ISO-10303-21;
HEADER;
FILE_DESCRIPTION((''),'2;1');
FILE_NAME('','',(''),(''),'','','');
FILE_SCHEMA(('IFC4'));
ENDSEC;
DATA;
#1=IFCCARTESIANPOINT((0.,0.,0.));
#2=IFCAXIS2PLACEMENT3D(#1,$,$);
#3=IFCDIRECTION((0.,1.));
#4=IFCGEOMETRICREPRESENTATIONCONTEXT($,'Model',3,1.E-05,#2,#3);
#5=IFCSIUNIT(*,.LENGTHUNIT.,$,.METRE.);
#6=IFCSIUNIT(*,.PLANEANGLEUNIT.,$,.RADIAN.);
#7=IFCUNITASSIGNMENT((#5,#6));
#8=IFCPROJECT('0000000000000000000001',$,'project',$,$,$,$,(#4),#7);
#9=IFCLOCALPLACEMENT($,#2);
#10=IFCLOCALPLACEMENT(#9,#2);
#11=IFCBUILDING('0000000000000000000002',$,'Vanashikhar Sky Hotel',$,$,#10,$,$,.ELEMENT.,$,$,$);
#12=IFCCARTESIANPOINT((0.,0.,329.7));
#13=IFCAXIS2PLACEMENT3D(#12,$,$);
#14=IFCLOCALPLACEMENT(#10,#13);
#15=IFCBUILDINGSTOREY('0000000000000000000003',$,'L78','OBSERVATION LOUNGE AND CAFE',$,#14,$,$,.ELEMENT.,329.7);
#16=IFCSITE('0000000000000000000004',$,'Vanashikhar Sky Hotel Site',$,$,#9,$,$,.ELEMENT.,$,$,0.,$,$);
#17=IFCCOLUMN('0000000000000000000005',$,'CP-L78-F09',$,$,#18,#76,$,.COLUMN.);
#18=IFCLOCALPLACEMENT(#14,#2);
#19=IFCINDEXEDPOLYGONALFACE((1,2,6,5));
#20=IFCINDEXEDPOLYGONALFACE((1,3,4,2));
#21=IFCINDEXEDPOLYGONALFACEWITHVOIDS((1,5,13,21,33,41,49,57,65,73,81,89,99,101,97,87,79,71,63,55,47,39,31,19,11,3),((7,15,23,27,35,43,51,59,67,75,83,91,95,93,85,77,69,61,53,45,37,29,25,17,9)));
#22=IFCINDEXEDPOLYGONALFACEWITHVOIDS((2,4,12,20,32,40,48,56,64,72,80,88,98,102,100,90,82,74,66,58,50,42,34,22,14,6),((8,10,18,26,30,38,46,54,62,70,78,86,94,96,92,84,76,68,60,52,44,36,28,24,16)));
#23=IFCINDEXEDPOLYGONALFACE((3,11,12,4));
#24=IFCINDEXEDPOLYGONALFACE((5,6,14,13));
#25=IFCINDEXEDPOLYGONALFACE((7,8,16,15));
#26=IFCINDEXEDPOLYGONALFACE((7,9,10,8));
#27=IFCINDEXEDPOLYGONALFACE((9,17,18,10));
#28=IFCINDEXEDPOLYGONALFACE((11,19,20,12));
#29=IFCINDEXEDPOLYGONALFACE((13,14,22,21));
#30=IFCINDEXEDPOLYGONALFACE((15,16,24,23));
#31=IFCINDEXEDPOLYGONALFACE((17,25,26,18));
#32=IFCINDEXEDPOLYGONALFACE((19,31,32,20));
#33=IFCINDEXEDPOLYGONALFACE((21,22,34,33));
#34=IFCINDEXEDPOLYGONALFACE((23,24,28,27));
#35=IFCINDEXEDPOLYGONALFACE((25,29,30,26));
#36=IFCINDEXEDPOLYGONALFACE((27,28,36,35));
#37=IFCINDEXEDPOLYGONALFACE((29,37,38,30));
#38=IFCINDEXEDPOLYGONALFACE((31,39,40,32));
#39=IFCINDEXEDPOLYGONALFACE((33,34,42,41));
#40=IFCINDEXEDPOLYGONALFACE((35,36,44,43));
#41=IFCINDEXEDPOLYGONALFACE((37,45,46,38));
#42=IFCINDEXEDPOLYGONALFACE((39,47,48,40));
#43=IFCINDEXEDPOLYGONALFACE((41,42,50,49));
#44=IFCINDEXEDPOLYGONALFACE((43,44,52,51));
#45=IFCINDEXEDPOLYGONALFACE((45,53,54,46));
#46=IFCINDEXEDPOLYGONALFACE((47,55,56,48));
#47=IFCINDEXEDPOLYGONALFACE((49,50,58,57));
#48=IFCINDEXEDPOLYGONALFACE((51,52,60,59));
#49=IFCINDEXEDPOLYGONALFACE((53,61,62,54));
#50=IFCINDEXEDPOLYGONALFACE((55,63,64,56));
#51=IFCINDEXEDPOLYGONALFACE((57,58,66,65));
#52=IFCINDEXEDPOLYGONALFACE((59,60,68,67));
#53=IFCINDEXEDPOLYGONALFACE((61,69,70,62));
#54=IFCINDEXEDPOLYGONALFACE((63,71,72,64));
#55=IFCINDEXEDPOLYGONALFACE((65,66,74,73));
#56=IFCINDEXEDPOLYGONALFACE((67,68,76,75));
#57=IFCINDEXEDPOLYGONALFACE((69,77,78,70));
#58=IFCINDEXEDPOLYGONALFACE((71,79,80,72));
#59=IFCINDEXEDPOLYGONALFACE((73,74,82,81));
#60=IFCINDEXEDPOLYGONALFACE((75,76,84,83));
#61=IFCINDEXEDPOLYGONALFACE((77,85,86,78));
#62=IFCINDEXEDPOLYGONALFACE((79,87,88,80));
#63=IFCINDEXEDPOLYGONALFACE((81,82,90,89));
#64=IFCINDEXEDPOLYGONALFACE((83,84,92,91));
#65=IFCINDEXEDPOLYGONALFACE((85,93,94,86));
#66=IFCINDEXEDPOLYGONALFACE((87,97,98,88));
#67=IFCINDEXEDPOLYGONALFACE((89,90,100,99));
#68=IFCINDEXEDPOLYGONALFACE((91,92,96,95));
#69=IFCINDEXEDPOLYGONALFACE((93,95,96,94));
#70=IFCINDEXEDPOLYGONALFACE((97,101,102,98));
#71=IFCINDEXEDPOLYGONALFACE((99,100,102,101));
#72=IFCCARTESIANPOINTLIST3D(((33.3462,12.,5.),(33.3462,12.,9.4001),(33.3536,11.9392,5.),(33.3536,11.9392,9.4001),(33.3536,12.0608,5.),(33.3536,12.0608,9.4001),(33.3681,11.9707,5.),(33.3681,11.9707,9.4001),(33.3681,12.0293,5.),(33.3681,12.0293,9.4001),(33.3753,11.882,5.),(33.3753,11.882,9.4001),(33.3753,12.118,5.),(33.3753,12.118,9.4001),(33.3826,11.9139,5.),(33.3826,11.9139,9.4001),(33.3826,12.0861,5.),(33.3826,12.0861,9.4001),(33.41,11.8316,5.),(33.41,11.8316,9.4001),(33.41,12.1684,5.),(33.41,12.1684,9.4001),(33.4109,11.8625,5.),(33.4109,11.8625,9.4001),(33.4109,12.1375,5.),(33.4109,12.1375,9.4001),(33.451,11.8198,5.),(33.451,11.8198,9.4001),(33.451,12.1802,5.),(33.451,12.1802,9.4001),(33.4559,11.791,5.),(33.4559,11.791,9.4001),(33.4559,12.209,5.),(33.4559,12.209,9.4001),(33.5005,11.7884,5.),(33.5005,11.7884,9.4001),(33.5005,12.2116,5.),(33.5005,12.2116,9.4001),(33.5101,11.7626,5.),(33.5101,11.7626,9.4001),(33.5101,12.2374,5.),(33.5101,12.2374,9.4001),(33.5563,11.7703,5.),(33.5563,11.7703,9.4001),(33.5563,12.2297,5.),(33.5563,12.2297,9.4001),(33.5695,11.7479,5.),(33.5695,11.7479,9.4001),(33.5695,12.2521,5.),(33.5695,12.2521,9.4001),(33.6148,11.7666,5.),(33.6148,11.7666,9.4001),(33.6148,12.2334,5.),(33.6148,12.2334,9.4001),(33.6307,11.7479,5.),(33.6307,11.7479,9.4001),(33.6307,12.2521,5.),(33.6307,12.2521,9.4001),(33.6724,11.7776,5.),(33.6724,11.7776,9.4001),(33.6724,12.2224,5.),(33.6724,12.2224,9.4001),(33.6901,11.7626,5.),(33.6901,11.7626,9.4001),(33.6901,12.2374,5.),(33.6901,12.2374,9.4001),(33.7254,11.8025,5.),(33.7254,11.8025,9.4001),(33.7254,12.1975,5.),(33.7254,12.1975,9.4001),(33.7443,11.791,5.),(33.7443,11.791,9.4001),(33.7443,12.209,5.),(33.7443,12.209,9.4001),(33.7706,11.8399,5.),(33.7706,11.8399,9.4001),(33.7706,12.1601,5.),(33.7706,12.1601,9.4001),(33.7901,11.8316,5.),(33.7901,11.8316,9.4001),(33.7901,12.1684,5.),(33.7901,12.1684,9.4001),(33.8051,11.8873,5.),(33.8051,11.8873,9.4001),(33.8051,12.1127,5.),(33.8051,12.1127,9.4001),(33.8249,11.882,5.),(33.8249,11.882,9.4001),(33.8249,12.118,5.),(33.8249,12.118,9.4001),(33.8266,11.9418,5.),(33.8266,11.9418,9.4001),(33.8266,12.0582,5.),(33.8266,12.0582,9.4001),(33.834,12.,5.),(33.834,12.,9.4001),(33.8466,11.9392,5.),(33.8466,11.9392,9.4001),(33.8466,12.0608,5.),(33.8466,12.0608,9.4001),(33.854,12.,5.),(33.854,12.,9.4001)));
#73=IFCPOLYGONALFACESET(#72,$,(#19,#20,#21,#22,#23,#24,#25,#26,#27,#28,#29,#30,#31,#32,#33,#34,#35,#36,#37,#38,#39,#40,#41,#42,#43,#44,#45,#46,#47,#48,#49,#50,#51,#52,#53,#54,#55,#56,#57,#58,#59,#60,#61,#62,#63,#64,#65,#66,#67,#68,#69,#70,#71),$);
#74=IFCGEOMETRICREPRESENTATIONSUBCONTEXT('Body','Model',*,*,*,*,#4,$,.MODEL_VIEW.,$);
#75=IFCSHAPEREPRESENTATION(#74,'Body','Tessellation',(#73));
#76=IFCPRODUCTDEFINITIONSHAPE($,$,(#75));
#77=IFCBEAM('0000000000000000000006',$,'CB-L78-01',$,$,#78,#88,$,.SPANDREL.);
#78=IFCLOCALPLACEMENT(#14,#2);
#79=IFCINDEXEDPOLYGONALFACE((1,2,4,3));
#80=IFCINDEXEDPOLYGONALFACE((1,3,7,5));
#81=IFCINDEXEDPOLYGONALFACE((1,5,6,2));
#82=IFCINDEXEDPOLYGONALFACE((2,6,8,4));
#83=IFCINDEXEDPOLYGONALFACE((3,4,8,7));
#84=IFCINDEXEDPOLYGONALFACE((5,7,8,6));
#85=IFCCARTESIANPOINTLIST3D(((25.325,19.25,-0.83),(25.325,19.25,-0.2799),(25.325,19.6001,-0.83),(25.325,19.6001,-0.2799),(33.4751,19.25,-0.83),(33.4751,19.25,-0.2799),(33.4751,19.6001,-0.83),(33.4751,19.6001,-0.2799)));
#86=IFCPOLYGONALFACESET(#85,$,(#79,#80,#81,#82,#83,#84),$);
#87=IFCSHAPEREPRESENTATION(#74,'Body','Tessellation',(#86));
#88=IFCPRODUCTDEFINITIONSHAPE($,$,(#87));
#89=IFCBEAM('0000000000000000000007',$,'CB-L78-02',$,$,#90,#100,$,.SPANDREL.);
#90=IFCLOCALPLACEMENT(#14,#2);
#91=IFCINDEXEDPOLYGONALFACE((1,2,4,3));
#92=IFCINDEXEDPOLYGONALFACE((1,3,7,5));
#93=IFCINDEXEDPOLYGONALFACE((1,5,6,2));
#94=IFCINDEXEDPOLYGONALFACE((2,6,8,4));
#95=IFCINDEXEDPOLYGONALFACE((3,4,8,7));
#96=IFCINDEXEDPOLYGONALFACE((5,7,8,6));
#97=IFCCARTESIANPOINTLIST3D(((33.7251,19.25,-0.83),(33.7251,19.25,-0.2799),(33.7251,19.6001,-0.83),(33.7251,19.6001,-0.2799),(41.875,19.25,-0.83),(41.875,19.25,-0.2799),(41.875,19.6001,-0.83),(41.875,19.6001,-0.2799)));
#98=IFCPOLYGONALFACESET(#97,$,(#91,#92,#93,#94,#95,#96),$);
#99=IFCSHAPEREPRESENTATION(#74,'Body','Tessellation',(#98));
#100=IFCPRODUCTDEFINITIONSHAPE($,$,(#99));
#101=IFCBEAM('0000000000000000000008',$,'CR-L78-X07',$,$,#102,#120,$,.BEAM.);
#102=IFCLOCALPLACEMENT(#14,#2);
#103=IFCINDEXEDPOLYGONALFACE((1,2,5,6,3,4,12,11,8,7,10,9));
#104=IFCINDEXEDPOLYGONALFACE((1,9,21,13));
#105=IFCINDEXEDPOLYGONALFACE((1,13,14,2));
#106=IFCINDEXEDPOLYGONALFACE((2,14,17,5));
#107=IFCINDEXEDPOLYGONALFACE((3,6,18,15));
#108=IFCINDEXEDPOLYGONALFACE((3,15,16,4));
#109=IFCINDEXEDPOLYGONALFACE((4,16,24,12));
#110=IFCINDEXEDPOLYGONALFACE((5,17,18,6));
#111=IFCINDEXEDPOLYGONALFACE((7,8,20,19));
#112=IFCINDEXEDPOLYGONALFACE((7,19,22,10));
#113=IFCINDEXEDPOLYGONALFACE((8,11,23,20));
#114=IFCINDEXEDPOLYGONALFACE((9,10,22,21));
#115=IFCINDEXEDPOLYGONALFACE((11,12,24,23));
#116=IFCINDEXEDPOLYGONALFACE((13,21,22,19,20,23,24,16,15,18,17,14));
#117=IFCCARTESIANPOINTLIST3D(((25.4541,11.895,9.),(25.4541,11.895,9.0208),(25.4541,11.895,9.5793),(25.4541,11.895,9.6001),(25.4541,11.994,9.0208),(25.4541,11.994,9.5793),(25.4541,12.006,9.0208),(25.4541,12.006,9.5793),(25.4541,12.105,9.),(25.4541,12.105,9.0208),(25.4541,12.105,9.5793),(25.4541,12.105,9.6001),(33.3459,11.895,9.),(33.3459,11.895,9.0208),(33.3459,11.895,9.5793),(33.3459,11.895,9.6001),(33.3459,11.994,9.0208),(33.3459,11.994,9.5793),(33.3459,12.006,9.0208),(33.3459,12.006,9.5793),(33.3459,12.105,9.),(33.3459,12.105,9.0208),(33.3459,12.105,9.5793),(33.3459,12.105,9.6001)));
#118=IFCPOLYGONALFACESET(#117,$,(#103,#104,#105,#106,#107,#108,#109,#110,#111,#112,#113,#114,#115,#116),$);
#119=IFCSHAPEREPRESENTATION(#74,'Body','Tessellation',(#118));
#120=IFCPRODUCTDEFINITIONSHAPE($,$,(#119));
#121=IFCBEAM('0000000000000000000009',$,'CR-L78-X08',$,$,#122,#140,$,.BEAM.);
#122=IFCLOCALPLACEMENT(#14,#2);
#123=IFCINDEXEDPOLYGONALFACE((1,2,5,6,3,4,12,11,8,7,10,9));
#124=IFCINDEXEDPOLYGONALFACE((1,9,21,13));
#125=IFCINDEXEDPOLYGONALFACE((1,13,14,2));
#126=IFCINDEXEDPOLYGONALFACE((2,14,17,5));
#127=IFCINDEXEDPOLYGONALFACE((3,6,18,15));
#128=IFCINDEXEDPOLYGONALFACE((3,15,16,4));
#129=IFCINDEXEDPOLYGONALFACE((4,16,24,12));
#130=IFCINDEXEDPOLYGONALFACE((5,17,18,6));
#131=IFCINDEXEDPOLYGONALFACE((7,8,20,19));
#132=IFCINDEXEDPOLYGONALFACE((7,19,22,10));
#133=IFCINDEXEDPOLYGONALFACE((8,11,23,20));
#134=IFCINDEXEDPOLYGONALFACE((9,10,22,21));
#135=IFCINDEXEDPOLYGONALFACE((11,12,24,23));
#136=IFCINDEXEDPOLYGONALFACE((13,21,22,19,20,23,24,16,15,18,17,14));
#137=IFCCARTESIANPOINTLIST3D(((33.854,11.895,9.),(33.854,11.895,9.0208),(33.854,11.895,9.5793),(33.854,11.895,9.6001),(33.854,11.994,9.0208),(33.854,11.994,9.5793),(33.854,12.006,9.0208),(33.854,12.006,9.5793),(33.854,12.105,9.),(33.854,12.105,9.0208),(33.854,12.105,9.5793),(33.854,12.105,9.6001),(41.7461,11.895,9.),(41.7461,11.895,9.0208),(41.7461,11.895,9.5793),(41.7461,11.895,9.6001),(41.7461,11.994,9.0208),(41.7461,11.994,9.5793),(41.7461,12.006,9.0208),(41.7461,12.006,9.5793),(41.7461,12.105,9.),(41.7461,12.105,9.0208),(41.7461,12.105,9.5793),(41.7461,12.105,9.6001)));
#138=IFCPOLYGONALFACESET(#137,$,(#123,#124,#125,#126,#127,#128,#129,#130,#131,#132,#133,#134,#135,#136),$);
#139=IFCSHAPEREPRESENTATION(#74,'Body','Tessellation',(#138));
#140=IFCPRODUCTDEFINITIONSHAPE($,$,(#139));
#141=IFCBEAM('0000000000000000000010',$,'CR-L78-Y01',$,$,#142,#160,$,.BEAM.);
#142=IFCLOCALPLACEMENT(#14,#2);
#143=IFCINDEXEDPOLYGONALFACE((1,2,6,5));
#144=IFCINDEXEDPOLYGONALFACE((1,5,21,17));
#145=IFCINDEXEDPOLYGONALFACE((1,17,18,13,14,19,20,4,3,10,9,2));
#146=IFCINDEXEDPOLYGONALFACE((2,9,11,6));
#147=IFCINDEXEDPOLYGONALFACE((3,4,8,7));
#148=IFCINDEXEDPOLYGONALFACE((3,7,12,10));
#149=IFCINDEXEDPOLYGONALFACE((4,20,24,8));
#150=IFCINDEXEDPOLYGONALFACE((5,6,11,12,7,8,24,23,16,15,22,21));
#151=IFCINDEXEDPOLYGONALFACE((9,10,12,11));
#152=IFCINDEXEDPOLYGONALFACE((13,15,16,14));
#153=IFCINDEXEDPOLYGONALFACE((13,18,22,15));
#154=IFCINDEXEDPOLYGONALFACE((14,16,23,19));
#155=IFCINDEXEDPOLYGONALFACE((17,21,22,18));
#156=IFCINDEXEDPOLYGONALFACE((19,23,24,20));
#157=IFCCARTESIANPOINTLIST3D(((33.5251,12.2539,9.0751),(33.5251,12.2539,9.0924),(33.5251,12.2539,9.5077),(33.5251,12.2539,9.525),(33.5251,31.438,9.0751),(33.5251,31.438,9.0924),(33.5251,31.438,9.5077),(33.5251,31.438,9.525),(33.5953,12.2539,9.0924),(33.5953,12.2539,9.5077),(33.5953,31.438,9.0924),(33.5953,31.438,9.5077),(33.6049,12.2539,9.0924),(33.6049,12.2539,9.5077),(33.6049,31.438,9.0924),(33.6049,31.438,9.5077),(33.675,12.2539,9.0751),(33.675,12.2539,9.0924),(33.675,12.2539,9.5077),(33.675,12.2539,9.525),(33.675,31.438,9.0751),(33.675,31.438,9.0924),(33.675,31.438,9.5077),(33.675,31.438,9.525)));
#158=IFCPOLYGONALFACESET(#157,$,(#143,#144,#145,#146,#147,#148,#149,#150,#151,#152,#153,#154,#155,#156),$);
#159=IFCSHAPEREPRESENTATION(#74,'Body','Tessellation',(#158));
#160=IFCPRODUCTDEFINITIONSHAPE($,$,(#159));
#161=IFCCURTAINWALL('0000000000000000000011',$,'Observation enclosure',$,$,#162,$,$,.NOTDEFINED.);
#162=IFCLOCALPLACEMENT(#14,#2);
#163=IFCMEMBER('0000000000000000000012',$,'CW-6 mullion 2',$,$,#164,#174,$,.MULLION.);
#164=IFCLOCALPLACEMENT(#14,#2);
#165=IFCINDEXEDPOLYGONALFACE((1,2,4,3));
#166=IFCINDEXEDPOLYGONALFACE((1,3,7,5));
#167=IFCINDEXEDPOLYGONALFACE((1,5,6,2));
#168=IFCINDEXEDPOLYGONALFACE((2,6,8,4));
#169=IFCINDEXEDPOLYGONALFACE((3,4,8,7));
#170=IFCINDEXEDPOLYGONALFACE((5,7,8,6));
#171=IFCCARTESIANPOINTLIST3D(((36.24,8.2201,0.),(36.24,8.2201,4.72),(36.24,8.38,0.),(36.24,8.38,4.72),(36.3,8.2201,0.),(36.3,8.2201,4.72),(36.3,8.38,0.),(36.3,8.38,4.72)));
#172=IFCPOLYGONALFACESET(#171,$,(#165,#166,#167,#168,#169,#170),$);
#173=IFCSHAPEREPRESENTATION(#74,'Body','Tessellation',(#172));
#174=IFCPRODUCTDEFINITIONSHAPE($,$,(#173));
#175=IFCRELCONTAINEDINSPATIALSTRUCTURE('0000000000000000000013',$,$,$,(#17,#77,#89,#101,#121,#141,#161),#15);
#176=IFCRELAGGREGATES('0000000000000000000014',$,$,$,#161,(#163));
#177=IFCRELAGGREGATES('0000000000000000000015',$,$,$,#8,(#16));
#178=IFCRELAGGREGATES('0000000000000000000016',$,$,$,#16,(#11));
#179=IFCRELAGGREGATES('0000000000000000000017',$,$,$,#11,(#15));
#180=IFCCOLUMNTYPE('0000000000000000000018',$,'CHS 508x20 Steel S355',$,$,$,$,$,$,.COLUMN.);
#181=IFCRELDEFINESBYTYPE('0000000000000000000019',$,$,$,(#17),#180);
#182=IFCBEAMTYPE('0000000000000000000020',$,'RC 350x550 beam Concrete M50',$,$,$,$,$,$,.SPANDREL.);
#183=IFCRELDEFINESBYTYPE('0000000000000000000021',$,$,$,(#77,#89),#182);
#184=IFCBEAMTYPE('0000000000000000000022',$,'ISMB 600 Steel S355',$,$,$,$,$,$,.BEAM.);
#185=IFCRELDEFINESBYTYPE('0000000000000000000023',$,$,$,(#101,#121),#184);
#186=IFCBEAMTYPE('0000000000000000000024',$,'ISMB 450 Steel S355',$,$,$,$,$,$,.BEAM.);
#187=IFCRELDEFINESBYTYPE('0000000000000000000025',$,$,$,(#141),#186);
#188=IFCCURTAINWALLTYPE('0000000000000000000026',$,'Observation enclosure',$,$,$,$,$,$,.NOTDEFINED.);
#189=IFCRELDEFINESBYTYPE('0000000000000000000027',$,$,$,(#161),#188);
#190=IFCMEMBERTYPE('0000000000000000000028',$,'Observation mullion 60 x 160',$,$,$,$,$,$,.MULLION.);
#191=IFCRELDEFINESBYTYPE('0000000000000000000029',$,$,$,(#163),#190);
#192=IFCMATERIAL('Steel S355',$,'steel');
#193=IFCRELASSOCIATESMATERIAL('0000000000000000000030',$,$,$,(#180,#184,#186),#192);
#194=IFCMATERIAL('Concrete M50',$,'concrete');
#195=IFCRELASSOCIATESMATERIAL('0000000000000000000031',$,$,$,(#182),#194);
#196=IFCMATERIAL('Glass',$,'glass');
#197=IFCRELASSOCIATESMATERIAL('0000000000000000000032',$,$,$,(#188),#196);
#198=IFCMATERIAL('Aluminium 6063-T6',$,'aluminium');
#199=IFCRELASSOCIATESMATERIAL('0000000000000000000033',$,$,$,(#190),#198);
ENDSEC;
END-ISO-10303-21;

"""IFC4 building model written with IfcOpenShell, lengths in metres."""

from ifc_helpers import new_model, si_unit, direction, frame, origin, origin_2d, place, context, subcontext, project, spatial, rectangle, hollow_circle, i_section, extrude, source, transform, mapped, material, material_profile, profile_set, type_object, element, aggregate, save


model = new_model("IFC4")

# Units and contexts
model_context = context("Model", 3, precision=1e-05, world=origin(), true_north=direction((0.0, 1.0)))
body_context = subcontext(model_context, "Body", "Model", "MODEL_VIEW")
ifc_project = project(units=[si_unit("LENGTHUNIT", "METRE"), si_unit("PLANEANGLEUNIT", "RADIAN")], contexts=[model_context])

# Site, building, storey
site_placement = place(None, origin())
site = spatial("IfcSite", under=ifc_project, at=site_placement, Name="Vanashikhar Sky Hotel Site", CompositionType="ELEMENT", RefElevation=0.0)
building_placement = place(site_placement, origin())
building = spatial("IfcBuilding", under=site, at=building_placement, Name="Vanashikhar Sky Hotel", CompositionType="ELEMENT")
storey_placement = place(building_placement, frame((0.0, 0.0, 329.7)))
storey = spatial("IfcBuildingStorey", under=building, at=storey_placement, Name="L78", Description="OBSERVATION LOUNGE AND CAFE", CompositionType="ELEMENT", Elevation=329.7)

# Column
ifc_material_1 = material(Name="Steel S355", Category="steel")
ifc_material_profile_1 = material_profile(ifc_material_1, hollow_circle(Radius=0.2539, WallThickness=0.02, at=origin_2d()))
ifc_profile_set_1 = profile_set([ifc_material_profile_1], Name="CHS 508x20 Steel S355")
column_type = type_object("IfcColumnType", Name="CHS 508x20 Steel S355", PredefinedType="COLUMN", material=ifc_profile_set_1)
shared_shape_1 = source(origin(), body_context, "Body", "SweptSolid", [
    extrude(hollow_circle(Radius=0.2539, WallThickness=0.02, at=origin_2d()), origin(), (0.0, 0.0, 1.0), 4.4001),
])
column_placement = place(storey_placement, frame((33.6001, 12.0, 5.0), z_axis=(0.0, 0.0, 1.0), x_axis=(1.0, 0.0, 0.0)))
element("IfcColumn", 1, at=column_placement, inside=storey, type_object=column_type, Name="CP-L78-F09", PredefinedType="COLUMN", context=body_context, shape_type="MappedRepresentation", body=[
    mapped(shared_shape_1, transform((0.0, 0.0, 0.0), scale=1.0)),
])

# Beams
ifc_material_2 = material(Name="Concrete M50", Category="concrete")
ifc_material_profile_2 = material_profile(ifc_material_2, rectangle(XDim=0.3501, YDim=0.55, at=origin_2d()))
ifc_profile_set_2 = profile_set([ifc_material_profile_2], Name="RC 350x550 beam Concrete M50")
beam_type_1 = type_object("IfcBeamType", Name="RC 350x550 beam Concrete M50", PredefinedType="SPANDREL", material=ifc_profile_set_2)
shared_shape_2 = source(origin(), body_context, "Body", "SweptSolid", [
    extrude(rectangle(XDim=0.3501, YDim=0.55, at=origin_2d()), origin(), (0.0, 0.0, 1.0), 8.1501),
])
beam_1_placement = place(storey_placement, frame((25.325, 19.425, -0.5549), z_axis=(1.0, 0.0, 0.0), x_axis=(0.0, 1.0, 0.0)))
element("IfcBeam", 2, at=beam_1_placement, inside=storey, type_object=beam_type_1, Name="CB-L78-01", PredefinedType="SPANDREL", context=body_context, shape_type="MappedRepresentation", body=[
    mapped(shared_shape_2, transform((0.0, 0.0, 0.0), scale=1.0)),
])
shared_shape_3 = source(origin(), body_context, "Body", "SweptSolid", [
    extrude(rectangle(XDim=0.3501, YDim=0.55, at=origin_2d()), origin(), (0.0, 0.0, 1.0), 8.1499),
])
beam_2_placement = place(storey_placement, frame((33.7251, 19.425, -0.5549), z_axis=(1.0, 0.0, 0.0), x_axis=(0.0, 1.0, 0.0)))
element("IfcBeam", 3, at=beam_2_placement, inside=storey, type_object=beam_type_1, Name="CB-L78-02", PredefinedType="SPANDREL", context=body_context, shape_type="MappedRepresentation", body=[
    mapped(shared_shape_3, transform((0.0, 0.0, 0.0), scale=1.0)),
])
ifc_material_profile_3 = material_profile(ifc_material_1, i_section(OverallWidth=0.21, OverallDepth=0.6001, WebThickness=0.012, FlangeThickness=0.0208, at=origin_2d()), Name="ISMB 600")
ifc_profile_set_3 = profile_set([ifc_material_profile_3], Name="Steel S355")
beam_type_2 = type_object("IfcBeamType", Name="ISMB 600 Steel S355", PredefinedType="BEAM", material=ifc_profile_set_3)
shared_shape_4 = source(origin(), body_context, "Body", "SweptSolid", [
    extrude(i_section(OverallWidth=0.21, OverallDepth=0.6001, WebThickness=0.012, FlangeThickness=0.0208, at=origin_2d()), origin(), (0.0, 0.0, 1.0), 7.8918),
])
beam_3_placement = place(storey_placement, frame((25.4541, 12.0, 9.3), z_axis=(1.0, 0.0, 0.0), x_axis=(0.0, 1.0, 0.0)))
element("IfcBeam", 4, at=beam_3_placement, inside=storey, type_object=beam_type_2, Name="CR-L78-X07", PredefinedType="BEAM", context=body_context, shape_type="MappedRepresentation", body=[
    mapped(shared_shape_4, transform((0.0, 0.0, 0.0), scale=1.0)),
])
shared_shape_5 = source(origin(), body_context, "Body", "SweptSolid", [
    extrude(i_section(OverallWidth=0.21, OverallDepth=0.6001, WebThickness=0.012, FlangeThickness=0.0208, at=origin_2d()), origin(), (0.0, 0.0, 1.0), 7.8921),
])
beam_4_placement = place(storey_placement, frame((33.854, 12.0, 9.3), z_axis=(1.0, 0.0, 0.0), x_axis=(0.0, 1.0, 0.0)))
element("IfcBeam", 5, at=beam_4_placement, inside=storey, type_object=beam_type_2, Name="CR-L78-X08", PredefinedType="BEAM", context=body_context, shape_type="MappedRepresentation", body=[
    mapped(shared_shape_5, transform((0.0, 0.0, 0.0), scale=1.0)),
])
ifc_material_profile_4 = material_profile(ifc_material_1, i_section(OverallWidth=0.1499, OverallDepth=0.45, WebThickness=0.0095, FlangeThickness=0.0173, at=origin_2d()), Name="ISMB 450")
ifc_profile_set_4 = profile_set([ifc_material_profile_4], Name="Steel S355")
beam_type_3 = type_object("IfcBeamType", Name="ISMB 450 Steel S355", PredefinedType="BEAM", material=ifc_profile_set_4)
shared_shape_6 = source(origin(), body_context, "Body", "SweptSolid", [
    extrude(i_section(OverallWidth=0.1499, OverallDepth=0.45, WebThickness=0.0095, FlangeThickness=0.0173, at=origin_2d()), origin(), (0.0, 0.0, 1.0), 19.1841),
])
beam_5_placement = place(storey_placement, frame((33.6001, 12.2539, 9.3), z_axis=(0.0, 1.0, 0.0), x_axis=(-1.0, 0.0, 0.0)))
element("IfcBeam", 6, at=beam_5_placement, inside=storey, type_object=beam_type_3, Name="CR-L78-Y01", PredefinedType="BEAM", context=body_context, shape_type="MappedRepresentation", body=[
    mapped(shared_shape_6, transform((0.0, 0.0, 0.0), scale=1.0)),
])

# Curtain wall, member
ifc_material_3 = material(Name="Glass", Category="glass")
curtain_wall_type = type_object("IfcCurtainWallType", Name="Observation enclosure", PredefinedType="NOTDEFINED", material=ifc_material_3)
curtain_wall_1_placement = place(storey_placement, origin())
curtain_wall_1 = element("IfcCurtainWall", 7, at=curtain_wall_1_placement, inside=storey, type_object=curtain_wall_type, Name="Observation enclosure", PredefinedType="NOTDEFINED")
ifc_material_4 = material(Name="Aluminium 6063-T6", Category="aluminium")
ifc_material_profile_5 = material_profile(ifc_material_4, rectangle(XDim=0.1599, YDim=0.0601, at=origin_2d()))
ifc_profile_set_5 = profile_set([ifc_material_profile_5], Name="Aluminium 6063-T6")
member_type_1 = type_object("IfcMemberType", Name="Observation mullion 60 x 160", PredefinedType="MULLION", material=ifc_profile_set_5)
shared_shape_7 = source(origin(), body_context, "Body", "SweptSolid", [
    extrude(rectangle(XDim=0.1599, YDim=0.0601, at=origin_2d()), origin(), (0.0, 0.0, 1.0), 4.72),
])
member_1_placement = place(storey_placement, frame((36.27, 8.3, 0.0), z_axis=(0.0, 0.0, 1.0), x_axis=(0.0, 1.0, 0.0)))
member_1 = element("IfcMember", 8, at=member_1_placement, type_object=member_type_1, Name="CW-6 mullion 2", PredefinedType="MULLION", context=body_context, shape_type="MappedRepresentation", body=[
    mapped(shared_shape_7, transform((0.0, 0.0, 0.0), scale=1.0)),
])

aggregate(curtain_wall_1, [member_1])

save(model, "model.ifc")
